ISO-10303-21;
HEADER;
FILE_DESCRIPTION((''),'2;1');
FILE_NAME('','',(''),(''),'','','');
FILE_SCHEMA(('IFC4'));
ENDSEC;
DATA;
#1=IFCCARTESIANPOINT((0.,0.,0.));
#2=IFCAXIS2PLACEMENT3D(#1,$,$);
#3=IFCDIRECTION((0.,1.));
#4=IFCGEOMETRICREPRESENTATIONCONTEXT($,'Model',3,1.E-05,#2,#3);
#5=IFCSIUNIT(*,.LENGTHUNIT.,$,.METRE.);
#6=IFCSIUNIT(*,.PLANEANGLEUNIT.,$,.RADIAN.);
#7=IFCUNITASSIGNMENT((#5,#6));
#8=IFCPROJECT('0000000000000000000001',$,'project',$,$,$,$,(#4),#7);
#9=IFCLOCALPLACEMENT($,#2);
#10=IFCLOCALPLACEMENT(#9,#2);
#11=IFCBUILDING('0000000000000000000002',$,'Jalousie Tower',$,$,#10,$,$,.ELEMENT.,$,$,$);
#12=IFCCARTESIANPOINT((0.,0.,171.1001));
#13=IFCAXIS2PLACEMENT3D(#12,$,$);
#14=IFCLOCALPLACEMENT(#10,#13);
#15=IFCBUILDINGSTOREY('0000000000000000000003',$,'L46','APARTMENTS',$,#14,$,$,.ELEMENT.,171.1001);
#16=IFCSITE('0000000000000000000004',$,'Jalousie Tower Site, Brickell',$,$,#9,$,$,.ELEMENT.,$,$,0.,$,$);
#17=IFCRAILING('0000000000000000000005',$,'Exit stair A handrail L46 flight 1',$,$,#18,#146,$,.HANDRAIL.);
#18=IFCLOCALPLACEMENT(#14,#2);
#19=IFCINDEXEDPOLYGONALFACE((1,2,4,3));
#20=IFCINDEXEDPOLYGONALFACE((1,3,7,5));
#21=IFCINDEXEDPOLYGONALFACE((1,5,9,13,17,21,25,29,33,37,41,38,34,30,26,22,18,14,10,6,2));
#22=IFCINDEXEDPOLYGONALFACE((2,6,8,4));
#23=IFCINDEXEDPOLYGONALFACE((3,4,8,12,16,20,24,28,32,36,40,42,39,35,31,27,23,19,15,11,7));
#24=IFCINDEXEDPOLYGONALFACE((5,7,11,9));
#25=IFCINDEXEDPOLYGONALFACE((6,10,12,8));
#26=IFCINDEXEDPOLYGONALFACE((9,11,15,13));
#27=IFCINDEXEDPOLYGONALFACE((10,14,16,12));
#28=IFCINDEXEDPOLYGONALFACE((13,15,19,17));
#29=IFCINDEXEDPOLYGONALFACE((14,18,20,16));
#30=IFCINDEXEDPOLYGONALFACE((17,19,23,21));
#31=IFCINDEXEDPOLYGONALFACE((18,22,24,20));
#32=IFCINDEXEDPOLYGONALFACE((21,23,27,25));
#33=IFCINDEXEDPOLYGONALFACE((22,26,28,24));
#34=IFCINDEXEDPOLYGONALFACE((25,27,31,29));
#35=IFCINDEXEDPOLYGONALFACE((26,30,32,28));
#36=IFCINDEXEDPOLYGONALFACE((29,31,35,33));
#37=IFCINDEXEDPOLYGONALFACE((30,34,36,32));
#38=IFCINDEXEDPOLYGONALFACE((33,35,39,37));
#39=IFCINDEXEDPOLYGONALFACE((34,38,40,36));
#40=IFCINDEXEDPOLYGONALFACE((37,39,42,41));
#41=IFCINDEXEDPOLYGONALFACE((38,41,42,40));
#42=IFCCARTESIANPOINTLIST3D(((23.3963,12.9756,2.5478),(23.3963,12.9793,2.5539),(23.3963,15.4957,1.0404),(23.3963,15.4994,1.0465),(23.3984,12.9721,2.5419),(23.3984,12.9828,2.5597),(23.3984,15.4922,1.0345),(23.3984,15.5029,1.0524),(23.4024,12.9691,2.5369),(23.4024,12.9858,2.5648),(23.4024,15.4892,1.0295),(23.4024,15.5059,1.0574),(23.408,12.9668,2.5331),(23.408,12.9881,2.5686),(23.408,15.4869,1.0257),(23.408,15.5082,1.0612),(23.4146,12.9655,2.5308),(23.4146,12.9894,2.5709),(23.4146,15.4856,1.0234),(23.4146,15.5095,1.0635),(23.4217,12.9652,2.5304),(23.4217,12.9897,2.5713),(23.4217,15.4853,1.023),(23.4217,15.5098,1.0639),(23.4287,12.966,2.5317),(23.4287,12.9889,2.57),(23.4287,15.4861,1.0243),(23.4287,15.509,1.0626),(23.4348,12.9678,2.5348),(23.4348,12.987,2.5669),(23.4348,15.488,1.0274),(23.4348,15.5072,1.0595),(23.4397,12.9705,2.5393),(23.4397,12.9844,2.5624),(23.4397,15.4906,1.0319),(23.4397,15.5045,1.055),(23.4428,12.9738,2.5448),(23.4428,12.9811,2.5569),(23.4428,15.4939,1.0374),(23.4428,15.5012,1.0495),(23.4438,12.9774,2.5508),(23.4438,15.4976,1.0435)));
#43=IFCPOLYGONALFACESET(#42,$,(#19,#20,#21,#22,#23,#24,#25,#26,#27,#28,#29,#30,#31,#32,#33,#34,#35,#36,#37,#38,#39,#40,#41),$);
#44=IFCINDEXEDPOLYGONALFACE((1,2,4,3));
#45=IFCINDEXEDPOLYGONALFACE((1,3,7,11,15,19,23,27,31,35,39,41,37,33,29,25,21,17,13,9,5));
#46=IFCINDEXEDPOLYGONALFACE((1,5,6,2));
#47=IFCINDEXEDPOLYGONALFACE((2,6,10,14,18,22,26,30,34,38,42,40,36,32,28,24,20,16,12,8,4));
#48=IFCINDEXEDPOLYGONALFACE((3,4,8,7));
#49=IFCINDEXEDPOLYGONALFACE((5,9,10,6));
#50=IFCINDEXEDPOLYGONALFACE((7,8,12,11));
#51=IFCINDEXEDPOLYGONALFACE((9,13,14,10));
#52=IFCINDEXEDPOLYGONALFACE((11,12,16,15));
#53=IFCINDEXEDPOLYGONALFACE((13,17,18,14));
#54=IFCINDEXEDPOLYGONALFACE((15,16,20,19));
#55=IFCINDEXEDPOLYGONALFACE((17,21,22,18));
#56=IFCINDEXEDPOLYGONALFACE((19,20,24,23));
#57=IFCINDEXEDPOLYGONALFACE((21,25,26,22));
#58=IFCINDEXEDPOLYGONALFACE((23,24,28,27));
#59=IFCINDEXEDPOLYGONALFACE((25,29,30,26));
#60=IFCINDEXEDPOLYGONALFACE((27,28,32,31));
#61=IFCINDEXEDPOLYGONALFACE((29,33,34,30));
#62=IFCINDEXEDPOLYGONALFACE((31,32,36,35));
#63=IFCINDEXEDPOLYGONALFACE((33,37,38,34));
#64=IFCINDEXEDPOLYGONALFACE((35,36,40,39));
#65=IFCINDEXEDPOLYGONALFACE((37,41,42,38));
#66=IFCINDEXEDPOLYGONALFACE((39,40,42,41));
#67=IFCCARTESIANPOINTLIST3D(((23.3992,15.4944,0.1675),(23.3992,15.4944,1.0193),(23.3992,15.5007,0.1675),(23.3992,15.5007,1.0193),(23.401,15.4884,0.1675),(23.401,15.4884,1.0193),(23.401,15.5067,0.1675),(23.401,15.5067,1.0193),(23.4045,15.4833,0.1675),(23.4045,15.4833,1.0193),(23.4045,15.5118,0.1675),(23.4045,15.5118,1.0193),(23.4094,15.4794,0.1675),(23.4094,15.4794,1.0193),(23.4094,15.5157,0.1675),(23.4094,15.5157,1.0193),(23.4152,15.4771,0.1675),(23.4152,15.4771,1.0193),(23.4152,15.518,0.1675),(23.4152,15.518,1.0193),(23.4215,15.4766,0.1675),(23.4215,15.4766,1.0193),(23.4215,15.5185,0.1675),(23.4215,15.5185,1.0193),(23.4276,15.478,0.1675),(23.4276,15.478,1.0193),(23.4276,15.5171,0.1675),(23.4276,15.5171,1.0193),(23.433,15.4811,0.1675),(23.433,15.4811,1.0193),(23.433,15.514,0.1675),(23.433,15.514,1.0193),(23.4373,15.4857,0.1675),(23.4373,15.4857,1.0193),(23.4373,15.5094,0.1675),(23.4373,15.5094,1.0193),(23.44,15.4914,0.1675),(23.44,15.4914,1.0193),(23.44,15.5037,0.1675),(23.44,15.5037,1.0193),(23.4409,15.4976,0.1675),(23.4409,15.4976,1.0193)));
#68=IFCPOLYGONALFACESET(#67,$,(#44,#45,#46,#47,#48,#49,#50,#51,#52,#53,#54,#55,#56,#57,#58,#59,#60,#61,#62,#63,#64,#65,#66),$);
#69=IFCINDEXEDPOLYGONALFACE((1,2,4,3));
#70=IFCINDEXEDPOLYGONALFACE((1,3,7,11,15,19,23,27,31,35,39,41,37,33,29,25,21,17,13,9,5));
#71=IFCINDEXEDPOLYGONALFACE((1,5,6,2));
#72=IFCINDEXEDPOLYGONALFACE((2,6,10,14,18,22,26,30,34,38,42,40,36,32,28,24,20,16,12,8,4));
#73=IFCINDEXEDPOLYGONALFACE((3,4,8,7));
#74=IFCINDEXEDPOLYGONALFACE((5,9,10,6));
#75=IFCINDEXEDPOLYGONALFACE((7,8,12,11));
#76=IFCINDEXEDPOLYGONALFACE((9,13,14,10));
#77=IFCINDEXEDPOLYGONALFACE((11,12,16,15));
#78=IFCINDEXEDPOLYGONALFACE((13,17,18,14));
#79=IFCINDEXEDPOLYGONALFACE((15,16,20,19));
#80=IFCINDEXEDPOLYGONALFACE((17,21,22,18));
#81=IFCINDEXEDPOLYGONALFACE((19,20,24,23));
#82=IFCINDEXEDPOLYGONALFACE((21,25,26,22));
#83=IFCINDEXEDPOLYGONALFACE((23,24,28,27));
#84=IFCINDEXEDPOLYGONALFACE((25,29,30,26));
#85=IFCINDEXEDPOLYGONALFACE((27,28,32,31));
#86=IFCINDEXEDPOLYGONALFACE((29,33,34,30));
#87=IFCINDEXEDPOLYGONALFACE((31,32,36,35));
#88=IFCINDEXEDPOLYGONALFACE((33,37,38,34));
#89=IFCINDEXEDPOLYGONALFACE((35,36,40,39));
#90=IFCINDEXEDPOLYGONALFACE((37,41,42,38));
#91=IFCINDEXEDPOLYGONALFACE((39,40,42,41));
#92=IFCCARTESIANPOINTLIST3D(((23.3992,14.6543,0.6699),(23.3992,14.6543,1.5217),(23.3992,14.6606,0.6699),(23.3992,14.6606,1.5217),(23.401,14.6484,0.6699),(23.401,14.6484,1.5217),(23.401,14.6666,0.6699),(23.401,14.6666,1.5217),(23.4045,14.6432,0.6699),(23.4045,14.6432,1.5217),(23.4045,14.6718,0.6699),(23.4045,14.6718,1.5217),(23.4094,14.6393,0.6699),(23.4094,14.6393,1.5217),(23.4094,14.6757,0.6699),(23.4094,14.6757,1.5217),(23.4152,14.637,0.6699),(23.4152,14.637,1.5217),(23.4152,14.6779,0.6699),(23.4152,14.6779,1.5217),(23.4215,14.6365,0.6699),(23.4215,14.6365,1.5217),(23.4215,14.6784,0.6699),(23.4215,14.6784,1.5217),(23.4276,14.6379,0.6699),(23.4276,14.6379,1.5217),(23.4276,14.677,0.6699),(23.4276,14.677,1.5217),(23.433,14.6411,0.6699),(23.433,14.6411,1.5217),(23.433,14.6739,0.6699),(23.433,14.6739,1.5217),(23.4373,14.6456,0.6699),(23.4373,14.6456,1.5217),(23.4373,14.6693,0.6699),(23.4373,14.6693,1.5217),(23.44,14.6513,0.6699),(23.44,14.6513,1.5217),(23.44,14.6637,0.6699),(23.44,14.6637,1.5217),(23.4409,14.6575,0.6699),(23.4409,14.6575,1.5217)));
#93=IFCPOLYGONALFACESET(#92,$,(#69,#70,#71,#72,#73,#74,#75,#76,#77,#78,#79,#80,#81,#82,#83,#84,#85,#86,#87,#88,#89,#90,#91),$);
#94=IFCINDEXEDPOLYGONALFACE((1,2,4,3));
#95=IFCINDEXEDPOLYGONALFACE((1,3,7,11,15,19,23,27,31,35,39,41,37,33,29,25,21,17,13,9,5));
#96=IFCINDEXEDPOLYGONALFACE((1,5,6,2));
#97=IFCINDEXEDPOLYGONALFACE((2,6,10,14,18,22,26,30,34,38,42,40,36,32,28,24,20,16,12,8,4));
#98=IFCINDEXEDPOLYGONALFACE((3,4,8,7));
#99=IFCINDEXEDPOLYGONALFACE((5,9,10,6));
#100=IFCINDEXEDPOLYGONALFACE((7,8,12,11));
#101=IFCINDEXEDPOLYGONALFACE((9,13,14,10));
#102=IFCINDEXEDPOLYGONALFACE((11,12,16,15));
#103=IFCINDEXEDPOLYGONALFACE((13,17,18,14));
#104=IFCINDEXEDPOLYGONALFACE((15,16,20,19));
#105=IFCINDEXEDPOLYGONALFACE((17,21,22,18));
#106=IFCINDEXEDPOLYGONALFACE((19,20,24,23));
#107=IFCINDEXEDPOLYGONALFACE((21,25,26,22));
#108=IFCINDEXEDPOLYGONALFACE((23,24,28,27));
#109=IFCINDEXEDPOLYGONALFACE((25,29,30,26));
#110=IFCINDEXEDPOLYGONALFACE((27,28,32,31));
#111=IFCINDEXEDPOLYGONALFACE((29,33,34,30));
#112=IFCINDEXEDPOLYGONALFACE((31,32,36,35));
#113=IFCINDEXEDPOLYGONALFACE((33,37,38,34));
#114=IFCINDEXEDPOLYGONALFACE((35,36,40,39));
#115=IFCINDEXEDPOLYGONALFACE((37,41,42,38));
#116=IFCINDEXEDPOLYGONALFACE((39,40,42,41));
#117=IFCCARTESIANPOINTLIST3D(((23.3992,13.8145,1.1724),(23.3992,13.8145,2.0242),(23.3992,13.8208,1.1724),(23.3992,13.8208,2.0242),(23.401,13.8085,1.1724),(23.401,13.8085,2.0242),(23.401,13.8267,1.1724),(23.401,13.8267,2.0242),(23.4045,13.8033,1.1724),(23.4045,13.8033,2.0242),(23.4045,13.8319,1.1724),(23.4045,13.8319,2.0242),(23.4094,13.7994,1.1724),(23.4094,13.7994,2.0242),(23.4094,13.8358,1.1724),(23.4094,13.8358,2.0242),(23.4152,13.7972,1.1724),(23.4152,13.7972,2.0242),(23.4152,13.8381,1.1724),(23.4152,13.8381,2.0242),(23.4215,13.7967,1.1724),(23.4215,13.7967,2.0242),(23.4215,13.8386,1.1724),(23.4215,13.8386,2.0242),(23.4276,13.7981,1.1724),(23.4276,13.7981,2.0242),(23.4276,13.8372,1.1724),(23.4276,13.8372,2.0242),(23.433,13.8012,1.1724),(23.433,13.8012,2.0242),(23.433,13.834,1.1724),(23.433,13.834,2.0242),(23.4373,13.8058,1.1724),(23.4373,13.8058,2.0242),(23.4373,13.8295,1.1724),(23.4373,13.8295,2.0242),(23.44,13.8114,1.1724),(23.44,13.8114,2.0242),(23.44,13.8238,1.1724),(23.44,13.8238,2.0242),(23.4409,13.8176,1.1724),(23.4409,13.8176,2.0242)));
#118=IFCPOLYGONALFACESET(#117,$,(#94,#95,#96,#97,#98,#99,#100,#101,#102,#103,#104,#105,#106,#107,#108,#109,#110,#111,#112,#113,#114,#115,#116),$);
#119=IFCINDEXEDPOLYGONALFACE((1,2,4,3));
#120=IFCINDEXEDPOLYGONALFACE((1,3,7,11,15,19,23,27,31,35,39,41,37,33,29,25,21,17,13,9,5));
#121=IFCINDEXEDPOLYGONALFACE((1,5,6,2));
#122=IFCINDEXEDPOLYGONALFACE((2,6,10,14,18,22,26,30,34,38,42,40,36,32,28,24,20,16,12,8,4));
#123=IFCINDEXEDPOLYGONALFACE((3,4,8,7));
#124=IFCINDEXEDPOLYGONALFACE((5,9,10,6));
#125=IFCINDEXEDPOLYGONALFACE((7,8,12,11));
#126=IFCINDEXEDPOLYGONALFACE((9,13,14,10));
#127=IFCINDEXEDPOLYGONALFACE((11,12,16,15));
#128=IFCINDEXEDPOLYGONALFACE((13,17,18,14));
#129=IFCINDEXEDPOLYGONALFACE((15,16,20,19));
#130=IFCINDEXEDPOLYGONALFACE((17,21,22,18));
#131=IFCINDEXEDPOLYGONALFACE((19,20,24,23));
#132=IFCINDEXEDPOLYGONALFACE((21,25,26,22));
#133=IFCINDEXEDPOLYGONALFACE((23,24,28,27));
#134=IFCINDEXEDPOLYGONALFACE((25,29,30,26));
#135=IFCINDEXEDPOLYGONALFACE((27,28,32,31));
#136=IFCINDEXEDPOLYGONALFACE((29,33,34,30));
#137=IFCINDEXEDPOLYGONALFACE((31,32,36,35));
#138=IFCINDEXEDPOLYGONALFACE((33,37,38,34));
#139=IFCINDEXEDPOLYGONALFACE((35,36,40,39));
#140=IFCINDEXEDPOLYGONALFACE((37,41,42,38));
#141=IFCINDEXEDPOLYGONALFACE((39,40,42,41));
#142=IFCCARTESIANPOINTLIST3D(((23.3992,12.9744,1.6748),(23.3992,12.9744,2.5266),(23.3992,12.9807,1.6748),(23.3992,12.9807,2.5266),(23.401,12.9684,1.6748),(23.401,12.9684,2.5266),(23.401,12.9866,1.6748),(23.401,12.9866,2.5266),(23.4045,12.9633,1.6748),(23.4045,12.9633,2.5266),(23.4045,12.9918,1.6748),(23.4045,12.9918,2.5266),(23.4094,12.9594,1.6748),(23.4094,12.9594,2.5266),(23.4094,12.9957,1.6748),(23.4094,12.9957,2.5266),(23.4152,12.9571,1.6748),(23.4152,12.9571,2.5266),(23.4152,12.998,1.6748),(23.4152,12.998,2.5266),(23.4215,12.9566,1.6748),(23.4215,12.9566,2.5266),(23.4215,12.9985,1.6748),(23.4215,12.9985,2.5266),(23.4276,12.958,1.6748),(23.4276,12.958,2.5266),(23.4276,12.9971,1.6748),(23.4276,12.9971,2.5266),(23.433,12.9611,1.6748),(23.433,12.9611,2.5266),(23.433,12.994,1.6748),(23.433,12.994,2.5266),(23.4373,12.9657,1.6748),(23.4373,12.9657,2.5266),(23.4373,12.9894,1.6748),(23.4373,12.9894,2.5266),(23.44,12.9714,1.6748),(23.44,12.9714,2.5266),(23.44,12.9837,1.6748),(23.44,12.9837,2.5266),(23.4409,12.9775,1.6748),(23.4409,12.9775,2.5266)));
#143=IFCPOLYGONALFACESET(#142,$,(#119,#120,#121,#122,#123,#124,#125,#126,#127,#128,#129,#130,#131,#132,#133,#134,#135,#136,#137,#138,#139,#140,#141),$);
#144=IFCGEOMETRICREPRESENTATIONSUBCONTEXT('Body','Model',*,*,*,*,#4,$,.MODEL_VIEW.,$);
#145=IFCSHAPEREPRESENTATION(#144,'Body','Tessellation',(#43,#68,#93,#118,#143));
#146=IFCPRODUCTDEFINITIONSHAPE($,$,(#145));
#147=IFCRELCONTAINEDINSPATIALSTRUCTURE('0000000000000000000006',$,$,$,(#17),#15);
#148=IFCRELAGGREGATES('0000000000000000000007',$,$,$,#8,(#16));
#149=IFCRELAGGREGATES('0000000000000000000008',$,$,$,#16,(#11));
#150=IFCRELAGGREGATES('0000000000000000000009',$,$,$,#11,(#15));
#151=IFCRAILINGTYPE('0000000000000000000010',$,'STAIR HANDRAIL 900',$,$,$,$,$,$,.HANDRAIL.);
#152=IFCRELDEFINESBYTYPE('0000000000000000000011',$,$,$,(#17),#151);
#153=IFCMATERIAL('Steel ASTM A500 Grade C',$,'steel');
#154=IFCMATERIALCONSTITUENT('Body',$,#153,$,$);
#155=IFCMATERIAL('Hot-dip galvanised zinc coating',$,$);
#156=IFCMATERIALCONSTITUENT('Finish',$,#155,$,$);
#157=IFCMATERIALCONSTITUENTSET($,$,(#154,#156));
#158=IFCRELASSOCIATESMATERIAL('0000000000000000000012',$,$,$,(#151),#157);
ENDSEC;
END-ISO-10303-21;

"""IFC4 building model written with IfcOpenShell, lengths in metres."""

from ifc_helpers import new_model, si_unit, direction, frame, origin, origin_2d, place, context, subcontext, project, spatial, circle, extrude, material, constituent, constituent_set, type_object, element, save


model = new_model("IFC4")

# Units and contexts
model_context = context("Model", 3, precision=1e-05, world=origin(), true_north=direction((0.0, 1.0)))
body_context = subcontext(model_context, "Body", "Model", "MODEL_VIEW")
ifc_project = project(units=[si_unit("LENGTHUNIT", "METRE"), si_unit("PLANEANGLEUNIT", "RADIAN")], contexts=[model_context])

# Site, building, storey
site_placement = place(None, origin())
site = spatial("IfcSite", under=ifc_project, at=site_placement, Name="Jalousie Tower Site, Brickell", CompositionType="ELEMENT", RefElevation=0.0)
building_placement = place(site_placement, origin())
building = spatial("IfcBuilding", under=site, at=building_placement, Name="Jalousie Tower", CompositionType="ELEMENT")
storey_placement = place(building_placement, frame((0.0, 0.0, 171.1001)))
storey = spatial("IfcBuildingStorey", under=building, at=storey_placement, Name="L46", Description="APARTMENTS", CompositionType="ELEMENT", Elevation=171.1001)

# Railing
ifc_material_1 = material(Name="Steel ASTM A500 Grade C", Category="steel")
ifc_constituent_1 = constituent(ifc_material_1, Name="Body")
ifc_material_2 = material(Name="Hot-dip galvanised zinc coating")
ifc_constituent_2 = constituent(ifc_material_2, Name="Finish")
ifc_constituent_set_1 = constituent_set(constituents=[ifc_constituent_1, ifc_constituent_2])
railing_type_1 = type_object("IfcRailingType", Name="STAIR HANDRAIL 900", PredefinedType="HANDRAIL", material=ifc_constituent_set_1)
railing_1_placement = place(storey_placement, frame((23.4199, 15.4976, 0.1675)))
element("IfcRailing", 1, at=railing_1_placement, inside=storey, type_object=railing_type_1, Name="Exit stair A handrail L46 flight 1", PredefinedType="HANDRAIL", context=body_context, shape_type="SweptSolid", body=[
    extrude(circle(Radius=0.0239, at=origin_2d()), frame((0.0, 0.0, 0.876), z_axis=(0.0, -0.858196, 0.513321), x_axis=(1.0, 0.0, 0.0)), (0.0, 0.0, 1.0), 2.9365),
    extrude(circle(Radius=0.021, at=origin_2d()), origin(), (0.0, 0.0, 1.0), 0.8518),
    extrude(circle(Radius=0.021, at=origin_2d()), frame((0.0, -0.8401, 0.5024)), (0.0, 0.0, 1.0), 0.8518),
    extrude(circle(Radius=0.021, at=origin_2d()), frame((0.0, -1.6799, 1.0049)), (0.0, 0.0, 1.0), 0.8518),
    extrude(circle(Radius=0.021, at=origin_2d()), frame((0.0, -2.52, 1.5073)), (0.0, 0.0, 1.0), 0.8518),
])

save(model, "model.ifc")
